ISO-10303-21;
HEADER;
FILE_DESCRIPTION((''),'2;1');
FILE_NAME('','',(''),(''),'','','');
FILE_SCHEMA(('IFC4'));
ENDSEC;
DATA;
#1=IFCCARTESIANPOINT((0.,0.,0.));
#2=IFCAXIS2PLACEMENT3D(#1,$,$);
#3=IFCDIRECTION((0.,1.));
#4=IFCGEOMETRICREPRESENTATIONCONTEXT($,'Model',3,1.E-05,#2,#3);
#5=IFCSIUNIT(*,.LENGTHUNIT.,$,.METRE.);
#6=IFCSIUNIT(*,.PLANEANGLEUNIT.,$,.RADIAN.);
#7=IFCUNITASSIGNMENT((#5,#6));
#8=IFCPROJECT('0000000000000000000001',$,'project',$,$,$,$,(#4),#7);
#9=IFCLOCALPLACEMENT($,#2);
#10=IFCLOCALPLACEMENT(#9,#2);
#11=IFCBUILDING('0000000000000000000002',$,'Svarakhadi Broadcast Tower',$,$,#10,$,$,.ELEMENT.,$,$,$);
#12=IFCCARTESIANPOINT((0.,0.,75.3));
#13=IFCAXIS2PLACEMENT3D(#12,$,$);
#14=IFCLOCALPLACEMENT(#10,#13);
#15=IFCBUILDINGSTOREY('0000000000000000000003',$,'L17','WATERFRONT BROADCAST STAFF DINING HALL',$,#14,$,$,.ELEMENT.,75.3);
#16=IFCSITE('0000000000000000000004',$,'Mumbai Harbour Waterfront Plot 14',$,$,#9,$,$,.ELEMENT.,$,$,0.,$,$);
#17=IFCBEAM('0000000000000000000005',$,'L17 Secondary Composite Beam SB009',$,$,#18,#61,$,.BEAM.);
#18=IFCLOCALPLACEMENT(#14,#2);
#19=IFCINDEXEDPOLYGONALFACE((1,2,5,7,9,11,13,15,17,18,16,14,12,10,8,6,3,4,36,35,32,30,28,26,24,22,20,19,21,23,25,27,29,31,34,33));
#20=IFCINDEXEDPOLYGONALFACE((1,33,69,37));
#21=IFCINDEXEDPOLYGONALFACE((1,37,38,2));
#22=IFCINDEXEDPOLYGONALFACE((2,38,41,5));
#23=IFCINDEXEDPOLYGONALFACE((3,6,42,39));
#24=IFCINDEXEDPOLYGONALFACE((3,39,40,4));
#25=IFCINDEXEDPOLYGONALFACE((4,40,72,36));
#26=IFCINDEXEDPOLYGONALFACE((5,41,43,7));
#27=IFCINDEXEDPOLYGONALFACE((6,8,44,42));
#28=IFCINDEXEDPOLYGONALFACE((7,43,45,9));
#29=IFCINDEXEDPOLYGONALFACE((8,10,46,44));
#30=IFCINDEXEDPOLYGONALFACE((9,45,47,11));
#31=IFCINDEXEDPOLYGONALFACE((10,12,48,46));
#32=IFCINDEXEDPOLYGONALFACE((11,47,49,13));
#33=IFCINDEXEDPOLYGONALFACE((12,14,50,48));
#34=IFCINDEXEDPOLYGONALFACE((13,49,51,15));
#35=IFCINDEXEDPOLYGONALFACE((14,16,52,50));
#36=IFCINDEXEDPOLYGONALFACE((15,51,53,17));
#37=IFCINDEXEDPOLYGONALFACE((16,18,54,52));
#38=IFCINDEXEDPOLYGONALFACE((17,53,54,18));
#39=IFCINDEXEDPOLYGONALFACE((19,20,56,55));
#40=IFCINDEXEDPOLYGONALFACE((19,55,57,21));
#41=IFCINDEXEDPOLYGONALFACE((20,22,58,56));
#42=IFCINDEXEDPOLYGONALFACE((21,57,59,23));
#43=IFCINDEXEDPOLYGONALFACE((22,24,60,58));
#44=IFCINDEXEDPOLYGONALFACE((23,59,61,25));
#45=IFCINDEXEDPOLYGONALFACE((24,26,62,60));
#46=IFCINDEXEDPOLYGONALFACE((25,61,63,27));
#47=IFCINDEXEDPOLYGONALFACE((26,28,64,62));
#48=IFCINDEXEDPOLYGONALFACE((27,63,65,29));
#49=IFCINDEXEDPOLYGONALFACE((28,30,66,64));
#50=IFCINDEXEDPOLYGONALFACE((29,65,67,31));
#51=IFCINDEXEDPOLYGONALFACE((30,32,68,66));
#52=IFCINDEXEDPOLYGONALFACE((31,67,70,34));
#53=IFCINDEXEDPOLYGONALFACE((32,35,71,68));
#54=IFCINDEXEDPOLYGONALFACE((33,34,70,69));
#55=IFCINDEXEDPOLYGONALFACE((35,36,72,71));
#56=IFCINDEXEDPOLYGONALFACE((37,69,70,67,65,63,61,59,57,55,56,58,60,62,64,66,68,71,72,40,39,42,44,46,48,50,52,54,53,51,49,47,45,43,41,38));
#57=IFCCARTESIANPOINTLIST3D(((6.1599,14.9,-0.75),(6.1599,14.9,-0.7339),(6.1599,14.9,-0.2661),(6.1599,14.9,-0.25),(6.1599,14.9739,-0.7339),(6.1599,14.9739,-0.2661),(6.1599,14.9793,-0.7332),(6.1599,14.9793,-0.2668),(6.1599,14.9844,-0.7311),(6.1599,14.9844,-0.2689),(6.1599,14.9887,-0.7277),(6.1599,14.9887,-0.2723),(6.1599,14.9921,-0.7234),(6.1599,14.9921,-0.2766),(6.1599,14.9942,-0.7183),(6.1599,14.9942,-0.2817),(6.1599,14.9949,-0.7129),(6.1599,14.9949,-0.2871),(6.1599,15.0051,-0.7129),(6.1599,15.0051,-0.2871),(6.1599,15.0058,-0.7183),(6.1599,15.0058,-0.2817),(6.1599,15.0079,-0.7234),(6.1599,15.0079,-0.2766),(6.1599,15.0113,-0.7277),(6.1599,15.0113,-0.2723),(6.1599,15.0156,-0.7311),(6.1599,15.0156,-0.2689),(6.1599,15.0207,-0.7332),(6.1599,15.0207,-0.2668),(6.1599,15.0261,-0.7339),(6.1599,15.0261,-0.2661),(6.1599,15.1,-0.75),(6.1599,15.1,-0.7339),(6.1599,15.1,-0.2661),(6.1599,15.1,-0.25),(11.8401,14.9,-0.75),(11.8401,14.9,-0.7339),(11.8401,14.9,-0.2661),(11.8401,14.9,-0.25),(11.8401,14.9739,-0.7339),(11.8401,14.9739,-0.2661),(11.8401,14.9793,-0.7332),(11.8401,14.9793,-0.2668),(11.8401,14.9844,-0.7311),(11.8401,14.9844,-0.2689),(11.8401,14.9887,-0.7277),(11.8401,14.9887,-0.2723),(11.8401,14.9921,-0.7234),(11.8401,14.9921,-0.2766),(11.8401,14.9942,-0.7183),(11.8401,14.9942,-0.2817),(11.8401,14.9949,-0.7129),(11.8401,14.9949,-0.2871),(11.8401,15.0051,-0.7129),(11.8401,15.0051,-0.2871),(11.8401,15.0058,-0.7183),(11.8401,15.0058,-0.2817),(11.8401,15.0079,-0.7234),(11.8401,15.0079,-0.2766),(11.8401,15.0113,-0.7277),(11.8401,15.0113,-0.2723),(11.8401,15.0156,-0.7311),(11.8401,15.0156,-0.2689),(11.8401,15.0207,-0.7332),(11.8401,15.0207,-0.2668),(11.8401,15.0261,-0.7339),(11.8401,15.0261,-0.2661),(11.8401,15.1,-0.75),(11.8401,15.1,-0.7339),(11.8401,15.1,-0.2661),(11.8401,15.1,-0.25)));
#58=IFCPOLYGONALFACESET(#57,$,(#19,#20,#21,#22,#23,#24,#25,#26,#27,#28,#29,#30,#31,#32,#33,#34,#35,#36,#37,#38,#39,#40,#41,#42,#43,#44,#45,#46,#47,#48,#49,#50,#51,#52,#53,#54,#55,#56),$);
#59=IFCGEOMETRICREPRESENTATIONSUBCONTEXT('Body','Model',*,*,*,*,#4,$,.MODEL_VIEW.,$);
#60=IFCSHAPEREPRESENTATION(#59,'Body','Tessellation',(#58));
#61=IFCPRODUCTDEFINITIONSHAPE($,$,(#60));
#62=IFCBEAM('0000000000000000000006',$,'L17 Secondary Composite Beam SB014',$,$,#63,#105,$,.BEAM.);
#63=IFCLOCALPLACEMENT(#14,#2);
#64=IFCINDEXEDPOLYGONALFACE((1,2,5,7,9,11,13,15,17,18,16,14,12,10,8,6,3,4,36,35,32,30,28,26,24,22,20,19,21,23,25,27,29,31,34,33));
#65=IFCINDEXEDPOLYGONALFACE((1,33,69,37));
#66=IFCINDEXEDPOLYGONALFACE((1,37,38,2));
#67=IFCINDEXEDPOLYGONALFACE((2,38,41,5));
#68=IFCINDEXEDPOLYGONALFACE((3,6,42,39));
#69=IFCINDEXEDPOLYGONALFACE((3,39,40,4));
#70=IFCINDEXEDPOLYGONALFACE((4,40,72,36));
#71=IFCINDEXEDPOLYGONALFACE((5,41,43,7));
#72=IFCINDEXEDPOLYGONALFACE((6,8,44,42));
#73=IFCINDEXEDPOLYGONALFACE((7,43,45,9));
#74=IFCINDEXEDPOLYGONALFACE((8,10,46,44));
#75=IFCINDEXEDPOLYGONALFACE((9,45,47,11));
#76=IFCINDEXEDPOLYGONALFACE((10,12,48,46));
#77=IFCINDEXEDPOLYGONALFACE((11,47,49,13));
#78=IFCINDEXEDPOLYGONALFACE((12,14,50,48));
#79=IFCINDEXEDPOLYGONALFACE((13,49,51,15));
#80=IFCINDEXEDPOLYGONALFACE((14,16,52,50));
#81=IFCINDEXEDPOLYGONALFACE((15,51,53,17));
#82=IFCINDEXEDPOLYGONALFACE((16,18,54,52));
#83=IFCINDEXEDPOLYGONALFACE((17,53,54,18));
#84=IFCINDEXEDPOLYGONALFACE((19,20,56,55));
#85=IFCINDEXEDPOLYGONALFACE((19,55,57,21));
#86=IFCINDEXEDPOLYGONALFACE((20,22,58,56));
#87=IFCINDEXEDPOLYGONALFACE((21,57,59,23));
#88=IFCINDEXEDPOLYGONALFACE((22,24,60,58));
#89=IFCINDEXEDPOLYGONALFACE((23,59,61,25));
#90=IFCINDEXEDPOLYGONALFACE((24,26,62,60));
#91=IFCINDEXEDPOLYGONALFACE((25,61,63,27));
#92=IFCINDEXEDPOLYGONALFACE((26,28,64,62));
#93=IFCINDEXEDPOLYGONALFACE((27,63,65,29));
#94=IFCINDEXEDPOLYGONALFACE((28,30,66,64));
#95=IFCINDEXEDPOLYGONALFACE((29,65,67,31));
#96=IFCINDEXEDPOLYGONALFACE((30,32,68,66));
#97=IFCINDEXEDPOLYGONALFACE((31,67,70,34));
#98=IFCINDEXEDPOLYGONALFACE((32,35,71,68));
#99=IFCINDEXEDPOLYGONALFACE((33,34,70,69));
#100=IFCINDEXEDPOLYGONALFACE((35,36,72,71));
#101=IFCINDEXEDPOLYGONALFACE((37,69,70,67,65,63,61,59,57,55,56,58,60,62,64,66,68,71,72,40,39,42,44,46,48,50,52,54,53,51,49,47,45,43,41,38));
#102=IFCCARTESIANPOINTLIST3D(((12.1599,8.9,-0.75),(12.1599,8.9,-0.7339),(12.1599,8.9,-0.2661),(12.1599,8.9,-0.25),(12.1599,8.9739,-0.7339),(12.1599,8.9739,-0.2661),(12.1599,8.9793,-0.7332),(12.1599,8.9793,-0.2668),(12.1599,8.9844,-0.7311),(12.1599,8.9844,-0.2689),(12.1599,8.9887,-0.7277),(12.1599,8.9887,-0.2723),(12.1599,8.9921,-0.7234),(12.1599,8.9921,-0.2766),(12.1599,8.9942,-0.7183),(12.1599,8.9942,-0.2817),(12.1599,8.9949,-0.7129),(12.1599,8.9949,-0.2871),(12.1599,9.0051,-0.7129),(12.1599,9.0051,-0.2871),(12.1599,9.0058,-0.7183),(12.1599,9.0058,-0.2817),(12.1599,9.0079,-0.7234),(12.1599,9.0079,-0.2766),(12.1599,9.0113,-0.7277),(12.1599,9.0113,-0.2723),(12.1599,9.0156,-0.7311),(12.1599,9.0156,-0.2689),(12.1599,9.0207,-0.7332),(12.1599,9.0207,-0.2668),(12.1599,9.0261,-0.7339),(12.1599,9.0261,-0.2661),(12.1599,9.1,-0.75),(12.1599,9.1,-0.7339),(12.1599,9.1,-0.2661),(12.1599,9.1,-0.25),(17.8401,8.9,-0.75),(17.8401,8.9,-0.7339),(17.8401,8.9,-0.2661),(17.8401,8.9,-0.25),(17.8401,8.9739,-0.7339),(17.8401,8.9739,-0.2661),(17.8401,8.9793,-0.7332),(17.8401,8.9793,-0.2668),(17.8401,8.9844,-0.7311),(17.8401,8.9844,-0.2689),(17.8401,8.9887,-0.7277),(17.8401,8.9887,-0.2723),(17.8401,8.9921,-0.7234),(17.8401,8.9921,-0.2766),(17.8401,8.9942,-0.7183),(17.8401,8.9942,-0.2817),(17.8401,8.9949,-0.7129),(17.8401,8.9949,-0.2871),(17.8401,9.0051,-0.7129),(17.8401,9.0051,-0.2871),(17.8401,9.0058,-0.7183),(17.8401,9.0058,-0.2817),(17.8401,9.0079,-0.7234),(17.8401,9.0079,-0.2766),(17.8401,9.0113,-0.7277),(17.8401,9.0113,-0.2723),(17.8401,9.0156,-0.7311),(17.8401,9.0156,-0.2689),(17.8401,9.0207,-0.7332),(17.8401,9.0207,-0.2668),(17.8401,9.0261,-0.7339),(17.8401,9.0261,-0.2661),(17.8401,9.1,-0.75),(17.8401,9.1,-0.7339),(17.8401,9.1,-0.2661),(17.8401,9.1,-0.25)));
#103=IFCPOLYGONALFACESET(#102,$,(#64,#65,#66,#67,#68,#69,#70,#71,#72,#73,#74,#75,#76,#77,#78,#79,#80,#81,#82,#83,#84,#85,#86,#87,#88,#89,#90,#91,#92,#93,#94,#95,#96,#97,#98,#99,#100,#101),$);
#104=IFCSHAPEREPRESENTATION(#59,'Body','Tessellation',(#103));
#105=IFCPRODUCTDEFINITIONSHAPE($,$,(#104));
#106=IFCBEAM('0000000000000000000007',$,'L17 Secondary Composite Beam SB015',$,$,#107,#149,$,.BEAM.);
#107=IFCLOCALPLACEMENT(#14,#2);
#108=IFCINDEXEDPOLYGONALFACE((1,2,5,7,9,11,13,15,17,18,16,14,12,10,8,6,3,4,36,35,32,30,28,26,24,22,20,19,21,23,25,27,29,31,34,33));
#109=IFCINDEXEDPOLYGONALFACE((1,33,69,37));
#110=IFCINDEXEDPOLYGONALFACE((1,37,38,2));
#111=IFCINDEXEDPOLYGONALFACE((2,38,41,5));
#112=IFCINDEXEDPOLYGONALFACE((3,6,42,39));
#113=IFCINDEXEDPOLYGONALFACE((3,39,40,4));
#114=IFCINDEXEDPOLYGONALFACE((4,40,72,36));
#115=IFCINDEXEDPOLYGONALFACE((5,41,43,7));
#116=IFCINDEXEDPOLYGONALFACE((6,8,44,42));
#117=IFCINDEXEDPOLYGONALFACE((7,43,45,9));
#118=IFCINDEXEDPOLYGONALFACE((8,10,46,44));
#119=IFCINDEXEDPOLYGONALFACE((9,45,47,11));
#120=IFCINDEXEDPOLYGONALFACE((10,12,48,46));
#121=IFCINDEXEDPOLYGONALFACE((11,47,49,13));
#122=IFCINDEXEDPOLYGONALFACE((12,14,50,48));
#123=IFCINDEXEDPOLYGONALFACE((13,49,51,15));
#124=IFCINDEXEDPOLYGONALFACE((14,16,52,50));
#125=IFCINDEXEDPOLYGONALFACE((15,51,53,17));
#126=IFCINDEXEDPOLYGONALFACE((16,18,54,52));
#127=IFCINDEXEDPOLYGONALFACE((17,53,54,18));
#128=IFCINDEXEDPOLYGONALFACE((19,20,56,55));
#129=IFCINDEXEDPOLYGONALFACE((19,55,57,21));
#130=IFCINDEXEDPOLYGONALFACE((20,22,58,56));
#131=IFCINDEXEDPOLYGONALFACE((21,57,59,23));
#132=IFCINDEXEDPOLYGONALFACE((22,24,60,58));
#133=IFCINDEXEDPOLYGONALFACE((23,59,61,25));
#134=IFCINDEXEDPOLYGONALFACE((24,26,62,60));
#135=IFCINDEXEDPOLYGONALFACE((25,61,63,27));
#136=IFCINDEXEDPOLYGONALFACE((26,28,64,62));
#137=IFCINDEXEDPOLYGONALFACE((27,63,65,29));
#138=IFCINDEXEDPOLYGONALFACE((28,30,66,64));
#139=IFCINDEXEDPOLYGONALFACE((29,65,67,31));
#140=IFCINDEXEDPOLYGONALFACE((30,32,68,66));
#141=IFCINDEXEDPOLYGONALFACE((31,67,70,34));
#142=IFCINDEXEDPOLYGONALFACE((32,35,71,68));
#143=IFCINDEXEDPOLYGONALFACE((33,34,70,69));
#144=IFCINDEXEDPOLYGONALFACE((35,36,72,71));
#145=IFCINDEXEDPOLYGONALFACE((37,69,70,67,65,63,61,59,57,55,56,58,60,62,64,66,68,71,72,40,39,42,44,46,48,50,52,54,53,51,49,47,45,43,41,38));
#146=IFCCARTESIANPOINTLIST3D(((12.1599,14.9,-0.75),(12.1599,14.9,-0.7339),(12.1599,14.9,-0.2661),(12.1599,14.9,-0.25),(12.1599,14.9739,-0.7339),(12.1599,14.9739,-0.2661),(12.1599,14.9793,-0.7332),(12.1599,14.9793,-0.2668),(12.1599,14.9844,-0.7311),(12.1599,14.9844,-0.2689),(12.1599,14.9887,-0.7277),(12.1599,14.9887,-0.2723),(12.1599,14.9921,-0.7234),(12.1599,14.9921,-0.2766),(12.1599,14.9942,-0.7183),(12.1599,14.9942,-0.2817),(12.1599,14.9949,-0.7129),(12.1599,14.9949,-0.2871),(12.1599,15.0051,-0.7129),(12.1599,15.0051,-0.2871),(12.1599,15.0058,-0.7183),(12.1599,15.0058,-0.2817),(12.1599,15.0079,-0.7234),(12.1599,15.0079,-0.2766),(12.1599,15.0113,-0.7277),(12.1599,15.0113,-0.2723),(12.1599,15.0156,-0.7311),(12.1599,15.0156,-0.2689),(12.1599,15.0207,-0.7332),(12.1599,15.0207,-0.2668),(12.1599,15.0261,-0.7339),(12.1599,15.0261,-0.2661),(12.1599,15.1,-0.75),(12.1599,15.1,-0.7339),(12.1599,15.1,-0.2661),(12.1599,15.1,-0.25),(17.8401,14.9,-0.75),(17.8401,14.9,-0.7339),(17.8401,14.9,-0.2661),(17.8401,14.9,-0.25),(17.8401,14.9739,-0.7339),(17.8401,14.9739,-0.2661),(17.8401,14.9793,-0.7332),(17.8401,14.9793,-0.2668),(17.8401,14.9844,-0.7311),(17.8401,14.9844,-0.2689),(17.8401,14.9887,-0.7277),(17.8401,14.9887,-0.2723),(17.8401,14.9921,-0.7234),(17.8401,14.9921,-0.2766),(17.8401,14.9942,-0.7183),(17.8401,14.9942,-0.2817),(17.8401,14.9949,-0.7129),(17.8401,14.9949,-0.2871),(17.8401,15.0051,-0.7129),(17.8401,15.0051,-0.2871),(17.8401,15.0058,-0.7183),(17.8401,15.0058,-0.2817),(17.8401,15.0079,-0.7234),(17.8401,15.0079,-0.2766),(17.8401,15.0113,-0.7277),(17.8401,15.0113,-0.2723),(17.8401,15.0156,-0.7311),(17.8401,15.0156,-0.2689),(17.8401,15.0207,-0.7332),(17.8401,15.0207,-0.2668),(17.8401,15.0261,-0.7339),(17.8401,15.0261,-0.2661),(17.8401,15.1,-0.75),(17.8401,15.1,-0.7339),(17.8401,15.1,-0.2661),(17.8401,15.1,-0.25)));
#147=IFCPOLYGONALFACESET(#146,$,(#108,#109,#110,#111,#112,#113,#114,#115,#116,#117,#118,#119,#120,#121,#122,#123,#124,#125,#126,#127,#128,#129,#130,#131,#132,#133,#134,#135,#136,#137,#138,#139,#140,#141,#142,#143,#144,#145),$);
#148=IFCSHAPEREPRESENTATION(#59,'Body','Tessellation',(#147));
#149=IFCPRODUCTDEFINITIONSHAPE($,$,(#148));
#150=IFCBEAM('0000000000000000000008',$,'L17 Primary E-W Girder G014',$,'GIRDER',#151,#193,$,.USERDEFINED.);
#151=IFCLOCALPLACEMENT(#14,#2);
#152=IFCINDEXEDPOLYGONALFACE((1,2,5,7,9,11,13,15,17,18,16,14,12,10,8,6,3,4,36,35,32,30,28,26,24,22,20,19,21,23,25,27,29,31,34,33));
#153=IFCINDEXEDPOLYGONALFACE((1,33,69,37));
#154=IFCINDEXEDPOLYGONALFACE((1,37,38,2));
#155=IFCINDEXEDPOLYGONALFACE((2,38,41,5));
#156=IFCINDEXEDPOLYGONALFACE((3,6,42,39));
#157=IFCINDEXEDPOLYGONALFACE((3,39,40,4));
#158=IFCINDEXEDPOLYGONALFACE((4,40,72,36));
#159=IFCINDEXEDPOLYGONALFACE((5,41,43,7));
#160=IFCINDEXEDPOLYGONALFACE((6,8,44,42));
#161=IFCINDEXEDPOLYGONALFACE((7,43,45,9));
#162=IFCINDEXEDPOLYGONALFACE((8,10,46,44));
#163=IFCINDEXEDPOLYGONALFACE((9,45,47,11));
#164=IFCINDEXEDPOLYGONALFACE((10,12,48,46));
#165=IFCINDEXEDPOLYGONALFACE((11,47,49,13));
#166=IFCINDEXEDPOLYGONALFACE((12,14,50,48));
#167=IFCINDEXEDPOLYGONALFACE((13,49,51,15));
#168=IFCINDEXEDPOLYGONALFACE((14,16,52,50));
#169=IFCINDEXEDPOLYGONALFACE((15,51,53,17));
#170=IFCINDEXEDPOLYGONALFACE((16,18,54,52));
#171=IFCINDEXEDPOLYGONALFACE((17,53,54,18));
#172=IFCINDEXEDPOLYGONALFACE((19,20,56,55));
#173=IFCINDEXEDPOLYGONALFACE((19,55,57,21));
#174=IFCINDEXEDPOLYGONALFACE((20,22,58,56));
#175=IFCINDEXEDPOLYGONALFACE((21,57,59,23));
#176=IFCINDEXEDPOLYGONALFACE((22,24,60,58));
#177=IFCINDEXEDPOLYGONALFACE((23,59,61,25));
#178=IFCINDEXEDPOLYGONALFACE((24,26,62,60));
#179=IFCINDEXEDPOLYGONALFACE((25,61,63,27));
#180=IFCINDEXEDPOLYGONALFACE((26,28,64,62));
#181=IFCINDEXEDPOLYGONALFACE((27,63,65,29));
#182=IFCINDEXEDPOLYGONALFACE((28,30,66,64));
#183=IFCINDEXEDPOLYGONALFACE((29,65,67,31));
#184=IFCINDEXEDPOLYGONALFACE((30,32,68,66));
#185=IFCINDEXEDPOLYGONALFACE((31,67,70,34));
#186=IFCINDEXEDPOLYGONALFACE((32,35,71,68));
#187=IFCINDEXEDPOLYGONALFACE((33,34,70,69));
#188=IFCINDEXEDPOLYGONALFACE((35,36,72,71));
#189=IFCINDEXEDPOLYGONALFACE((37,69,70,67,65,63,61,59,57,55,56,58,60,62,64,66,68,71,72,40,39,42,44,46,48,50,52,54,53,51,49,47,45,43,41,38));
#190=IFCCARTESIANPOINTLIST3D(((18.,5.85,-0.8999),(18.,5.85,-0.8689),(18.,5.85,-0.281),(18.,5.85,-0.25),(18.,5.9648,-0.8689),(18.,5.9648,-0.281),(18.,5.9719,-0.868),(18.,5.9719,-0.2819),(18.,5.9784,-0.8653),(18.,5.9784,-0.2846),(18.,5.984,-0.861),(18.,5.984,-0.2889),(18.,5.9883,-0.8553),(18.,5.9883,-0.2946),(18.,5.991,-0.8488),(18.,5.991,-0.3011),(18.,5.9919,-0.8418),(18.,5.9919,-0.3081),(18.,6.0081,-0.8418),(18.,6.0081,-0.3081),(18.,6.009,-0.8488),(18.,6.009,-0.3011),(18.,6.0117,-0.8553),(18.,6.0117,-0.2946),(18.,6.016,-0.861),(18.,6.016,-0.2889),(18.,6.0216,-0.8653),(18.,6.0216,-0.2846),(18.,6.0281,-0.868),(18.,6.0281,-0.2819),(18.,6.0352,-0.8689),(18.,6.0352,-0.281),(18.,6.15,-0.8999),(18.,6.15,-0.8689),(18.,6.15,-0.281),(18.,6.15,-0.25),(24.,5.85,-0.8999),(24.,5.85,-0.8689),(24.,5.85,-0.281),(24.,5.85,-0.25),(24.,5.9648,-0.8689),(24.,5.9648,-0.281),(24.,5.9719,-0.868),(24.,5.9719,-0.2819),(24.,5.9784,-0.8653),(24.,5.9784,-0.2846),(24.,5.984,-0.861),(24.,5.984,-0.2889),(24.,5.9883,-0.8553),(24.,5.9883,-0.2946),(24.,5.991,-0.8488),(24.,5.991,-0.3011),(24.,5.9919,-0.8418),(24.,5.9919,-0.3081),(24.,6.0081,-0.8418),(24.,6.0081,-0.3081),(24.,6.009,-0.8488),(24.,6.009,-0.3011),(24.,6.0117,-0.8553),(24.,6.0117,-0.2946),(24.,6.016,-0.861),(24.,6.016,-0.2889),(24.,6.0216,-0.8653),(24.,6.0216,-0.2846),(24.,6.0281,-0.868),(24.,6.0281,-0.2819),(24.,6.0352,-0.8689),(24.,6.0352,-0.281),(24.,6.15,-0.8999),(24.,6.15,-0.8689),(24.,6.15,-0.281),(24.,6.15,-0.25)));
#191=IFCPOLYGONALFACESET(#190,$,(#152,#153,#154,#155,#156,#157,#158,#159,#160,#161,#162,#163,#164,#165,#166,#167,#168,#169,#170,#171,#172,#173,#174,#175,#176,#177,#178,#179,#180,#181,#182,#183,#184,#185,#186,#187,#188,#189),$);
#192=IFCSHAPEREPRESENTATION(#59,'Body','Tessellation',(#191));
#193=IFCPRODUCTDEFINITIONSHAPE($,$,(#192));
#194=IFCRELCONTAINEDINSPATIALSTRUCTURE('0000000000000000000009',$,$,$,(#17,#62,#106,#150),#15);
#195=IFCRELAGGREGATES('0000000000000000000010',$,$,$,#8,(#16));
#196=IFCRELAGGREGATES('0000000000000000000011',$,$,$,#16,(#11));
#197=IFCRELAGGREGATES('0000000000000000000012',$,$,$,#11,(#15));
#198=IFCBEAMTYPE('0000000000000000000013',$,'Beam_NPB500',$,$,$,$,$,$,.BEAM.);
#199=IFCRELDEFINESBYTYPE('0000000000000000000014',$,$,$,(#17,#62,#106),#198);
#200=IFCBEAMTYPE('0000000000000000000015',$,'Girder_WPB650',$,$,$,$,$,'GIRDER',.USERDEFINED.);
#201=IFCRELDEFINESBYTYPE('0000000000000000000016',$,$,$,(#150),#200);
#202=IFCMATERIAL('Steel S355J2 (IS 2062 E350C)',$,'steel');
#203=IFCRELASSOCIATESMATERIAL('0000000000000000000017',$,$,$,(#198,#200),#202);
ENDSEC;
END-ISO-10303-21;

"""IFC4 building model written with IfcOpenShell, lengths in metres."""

from ifc_helpers import new_model, si_unit, direction, frame, origin, origin_2d, place, context, subcontext, project, spatial, i_section, extrude, material, material_profile, profile_set, type_object, element, save


model = new_model("IFC4")

# Units and contexts
model_context = context("Model", 3, precision=1e-05, world=origin(), true_north=direction((0.0, 1.0)))
body_context = subcontext(model_context, "Body", "Model", "MODEL_VIEW")
ifc_project = project(units=[si_unit("LENGTHUNIT", "METRE"), si_unit("PLANEANGLEUNIT", "RADIAN")], contexts=[model_context])

# Site, building, storey
site_placement = place(None, origin())
site = spatial("IfcSite", under=ifc_project, at=site_placement, Name="Mumbai Harbour Waterfront Plot 14", CompositionType="ELEMENT", RefElevation=0.0)
building_placement = place(site_placement, origin())
building = spatial("IfcBuilding", under=site, at=building_placement, Name="Svarakhadi Broadcast Tower", CompositionType="ELEMENT")
storey_placement = place(building_placement, frame((0.0, 0.0, 75.3)))
storey = spatial("IfcBuildingStorey", under=building, at=storey_placement, Name="L17", Description="WATERFRONT BROADCAST STAFF DINING HALL", CompositionType="ELEMENT", Elevation=75.3)

# Beams
ifc_material_1 = material(Name="Steel S355J2 (IS 2062 E350C)", Category="steel")
ifc_material_profile_1 = material_profile(ifc_material_1, i_section(OverallWidth=0.2, OverallDepth=0.5, WebThickness=0.0103, FlangeThickness=0.0161, FilletRadius=0.021, at=origin_2d()), Name="NPB 500x200x91")
ifc_profile_set_1 = profile_set([ifc_material_profile_1], Name="Steel S355J2 (IS 2062 E350C)")
beam_type_1 = type_object("IfcBeamType", Name="Beam_NPB500", PredefinedType="BEAM", material=ifc_profile_set_1)
for number, where, z_axis, x_axis, name in (
    (1, (6.1599, 15.0, -0.5), (1.0, 0.0, 0.0), (0.0, 1.0, 0.0), "L17 Secondary Composite Beam SB009"),
    (2, (12.1599, 9.0, -0.5), (1.0, 0.0, 0.0), (0.0, 1.0, 0.0), "L17 Secondary Composite Beam SB014"),
    (3, (12.1599, 15.0, -0.5), (1.0, 0.0, 0.0), (0.0, 1.0, 0.0), "L17 Secondary Composite Beam SB015"),
):
    element("IfcBeam", number, at=place(storey_placement, frame(where, z_axis=z_axis, x_axis=x_axis)), inside=storey, type_object=beam_type_1, Name=name, PredefinedType="BEAM", context=body_context, shape_type="SweptSolid", body=[
        extrude(i_section(OverallWidth=0.2, OverallDepth=0.5, WebThickness=0.0103, FlangeThickness=0.0161, FilletRadius=0.021, at=origin_2d()), origin(), (0.0, 0.0, 1.0), 5.6802),
    ])
ifc_material_profile_2 = material_profile(ifc_material_1, i_section(OverallWidth=0.3, OverallDepth=0.6499, WebThickness=0.0161, FlangeThickness=0.031, FilletRadius=0.0271, at=origin_2d()), Name="WPB 650x300x225")
ifc_profile_set_2 = profile_set([ifc_material_profile_2], Name="Steel S355J2 (IS 2062 E350C)")
beam_type_2 = type_object("IfcBeamType", Name="Girder_WPB650", ElementType="GIRDER", PredefinedType="USERDEFINED", material=ifc_profile_set_2)
for number, where, z_axis, x_axis, name in (
    (4, (18.0, 6.0, -0.575), (1.0, 0.0, 0.0), (0.0, 1.0, 0.0), "L17 Primary E-W Girder G014"),
):
    element("IfcBeam", number, at=place(storey_placement, frame(where, z_axis=z_axis, x_axis=x_axis)), inside=storey, type_object=beam_type_2, Name=name, ObjectType="GIRDER", PredefinedType="USERDEFINED", context=body_context, shape_type="SweptSolid", body=[
        extrude(i_section(OverallWidth=0.3, OverallDepth=0.6499, WebThickness=0.0161, FlangeThickness=0.031, FilletRadius=0.0271, at=origin_2d()), origin(), (0.0, 0.0, 1.0), 6.0),
    ])

save(model, "model.ifc")
